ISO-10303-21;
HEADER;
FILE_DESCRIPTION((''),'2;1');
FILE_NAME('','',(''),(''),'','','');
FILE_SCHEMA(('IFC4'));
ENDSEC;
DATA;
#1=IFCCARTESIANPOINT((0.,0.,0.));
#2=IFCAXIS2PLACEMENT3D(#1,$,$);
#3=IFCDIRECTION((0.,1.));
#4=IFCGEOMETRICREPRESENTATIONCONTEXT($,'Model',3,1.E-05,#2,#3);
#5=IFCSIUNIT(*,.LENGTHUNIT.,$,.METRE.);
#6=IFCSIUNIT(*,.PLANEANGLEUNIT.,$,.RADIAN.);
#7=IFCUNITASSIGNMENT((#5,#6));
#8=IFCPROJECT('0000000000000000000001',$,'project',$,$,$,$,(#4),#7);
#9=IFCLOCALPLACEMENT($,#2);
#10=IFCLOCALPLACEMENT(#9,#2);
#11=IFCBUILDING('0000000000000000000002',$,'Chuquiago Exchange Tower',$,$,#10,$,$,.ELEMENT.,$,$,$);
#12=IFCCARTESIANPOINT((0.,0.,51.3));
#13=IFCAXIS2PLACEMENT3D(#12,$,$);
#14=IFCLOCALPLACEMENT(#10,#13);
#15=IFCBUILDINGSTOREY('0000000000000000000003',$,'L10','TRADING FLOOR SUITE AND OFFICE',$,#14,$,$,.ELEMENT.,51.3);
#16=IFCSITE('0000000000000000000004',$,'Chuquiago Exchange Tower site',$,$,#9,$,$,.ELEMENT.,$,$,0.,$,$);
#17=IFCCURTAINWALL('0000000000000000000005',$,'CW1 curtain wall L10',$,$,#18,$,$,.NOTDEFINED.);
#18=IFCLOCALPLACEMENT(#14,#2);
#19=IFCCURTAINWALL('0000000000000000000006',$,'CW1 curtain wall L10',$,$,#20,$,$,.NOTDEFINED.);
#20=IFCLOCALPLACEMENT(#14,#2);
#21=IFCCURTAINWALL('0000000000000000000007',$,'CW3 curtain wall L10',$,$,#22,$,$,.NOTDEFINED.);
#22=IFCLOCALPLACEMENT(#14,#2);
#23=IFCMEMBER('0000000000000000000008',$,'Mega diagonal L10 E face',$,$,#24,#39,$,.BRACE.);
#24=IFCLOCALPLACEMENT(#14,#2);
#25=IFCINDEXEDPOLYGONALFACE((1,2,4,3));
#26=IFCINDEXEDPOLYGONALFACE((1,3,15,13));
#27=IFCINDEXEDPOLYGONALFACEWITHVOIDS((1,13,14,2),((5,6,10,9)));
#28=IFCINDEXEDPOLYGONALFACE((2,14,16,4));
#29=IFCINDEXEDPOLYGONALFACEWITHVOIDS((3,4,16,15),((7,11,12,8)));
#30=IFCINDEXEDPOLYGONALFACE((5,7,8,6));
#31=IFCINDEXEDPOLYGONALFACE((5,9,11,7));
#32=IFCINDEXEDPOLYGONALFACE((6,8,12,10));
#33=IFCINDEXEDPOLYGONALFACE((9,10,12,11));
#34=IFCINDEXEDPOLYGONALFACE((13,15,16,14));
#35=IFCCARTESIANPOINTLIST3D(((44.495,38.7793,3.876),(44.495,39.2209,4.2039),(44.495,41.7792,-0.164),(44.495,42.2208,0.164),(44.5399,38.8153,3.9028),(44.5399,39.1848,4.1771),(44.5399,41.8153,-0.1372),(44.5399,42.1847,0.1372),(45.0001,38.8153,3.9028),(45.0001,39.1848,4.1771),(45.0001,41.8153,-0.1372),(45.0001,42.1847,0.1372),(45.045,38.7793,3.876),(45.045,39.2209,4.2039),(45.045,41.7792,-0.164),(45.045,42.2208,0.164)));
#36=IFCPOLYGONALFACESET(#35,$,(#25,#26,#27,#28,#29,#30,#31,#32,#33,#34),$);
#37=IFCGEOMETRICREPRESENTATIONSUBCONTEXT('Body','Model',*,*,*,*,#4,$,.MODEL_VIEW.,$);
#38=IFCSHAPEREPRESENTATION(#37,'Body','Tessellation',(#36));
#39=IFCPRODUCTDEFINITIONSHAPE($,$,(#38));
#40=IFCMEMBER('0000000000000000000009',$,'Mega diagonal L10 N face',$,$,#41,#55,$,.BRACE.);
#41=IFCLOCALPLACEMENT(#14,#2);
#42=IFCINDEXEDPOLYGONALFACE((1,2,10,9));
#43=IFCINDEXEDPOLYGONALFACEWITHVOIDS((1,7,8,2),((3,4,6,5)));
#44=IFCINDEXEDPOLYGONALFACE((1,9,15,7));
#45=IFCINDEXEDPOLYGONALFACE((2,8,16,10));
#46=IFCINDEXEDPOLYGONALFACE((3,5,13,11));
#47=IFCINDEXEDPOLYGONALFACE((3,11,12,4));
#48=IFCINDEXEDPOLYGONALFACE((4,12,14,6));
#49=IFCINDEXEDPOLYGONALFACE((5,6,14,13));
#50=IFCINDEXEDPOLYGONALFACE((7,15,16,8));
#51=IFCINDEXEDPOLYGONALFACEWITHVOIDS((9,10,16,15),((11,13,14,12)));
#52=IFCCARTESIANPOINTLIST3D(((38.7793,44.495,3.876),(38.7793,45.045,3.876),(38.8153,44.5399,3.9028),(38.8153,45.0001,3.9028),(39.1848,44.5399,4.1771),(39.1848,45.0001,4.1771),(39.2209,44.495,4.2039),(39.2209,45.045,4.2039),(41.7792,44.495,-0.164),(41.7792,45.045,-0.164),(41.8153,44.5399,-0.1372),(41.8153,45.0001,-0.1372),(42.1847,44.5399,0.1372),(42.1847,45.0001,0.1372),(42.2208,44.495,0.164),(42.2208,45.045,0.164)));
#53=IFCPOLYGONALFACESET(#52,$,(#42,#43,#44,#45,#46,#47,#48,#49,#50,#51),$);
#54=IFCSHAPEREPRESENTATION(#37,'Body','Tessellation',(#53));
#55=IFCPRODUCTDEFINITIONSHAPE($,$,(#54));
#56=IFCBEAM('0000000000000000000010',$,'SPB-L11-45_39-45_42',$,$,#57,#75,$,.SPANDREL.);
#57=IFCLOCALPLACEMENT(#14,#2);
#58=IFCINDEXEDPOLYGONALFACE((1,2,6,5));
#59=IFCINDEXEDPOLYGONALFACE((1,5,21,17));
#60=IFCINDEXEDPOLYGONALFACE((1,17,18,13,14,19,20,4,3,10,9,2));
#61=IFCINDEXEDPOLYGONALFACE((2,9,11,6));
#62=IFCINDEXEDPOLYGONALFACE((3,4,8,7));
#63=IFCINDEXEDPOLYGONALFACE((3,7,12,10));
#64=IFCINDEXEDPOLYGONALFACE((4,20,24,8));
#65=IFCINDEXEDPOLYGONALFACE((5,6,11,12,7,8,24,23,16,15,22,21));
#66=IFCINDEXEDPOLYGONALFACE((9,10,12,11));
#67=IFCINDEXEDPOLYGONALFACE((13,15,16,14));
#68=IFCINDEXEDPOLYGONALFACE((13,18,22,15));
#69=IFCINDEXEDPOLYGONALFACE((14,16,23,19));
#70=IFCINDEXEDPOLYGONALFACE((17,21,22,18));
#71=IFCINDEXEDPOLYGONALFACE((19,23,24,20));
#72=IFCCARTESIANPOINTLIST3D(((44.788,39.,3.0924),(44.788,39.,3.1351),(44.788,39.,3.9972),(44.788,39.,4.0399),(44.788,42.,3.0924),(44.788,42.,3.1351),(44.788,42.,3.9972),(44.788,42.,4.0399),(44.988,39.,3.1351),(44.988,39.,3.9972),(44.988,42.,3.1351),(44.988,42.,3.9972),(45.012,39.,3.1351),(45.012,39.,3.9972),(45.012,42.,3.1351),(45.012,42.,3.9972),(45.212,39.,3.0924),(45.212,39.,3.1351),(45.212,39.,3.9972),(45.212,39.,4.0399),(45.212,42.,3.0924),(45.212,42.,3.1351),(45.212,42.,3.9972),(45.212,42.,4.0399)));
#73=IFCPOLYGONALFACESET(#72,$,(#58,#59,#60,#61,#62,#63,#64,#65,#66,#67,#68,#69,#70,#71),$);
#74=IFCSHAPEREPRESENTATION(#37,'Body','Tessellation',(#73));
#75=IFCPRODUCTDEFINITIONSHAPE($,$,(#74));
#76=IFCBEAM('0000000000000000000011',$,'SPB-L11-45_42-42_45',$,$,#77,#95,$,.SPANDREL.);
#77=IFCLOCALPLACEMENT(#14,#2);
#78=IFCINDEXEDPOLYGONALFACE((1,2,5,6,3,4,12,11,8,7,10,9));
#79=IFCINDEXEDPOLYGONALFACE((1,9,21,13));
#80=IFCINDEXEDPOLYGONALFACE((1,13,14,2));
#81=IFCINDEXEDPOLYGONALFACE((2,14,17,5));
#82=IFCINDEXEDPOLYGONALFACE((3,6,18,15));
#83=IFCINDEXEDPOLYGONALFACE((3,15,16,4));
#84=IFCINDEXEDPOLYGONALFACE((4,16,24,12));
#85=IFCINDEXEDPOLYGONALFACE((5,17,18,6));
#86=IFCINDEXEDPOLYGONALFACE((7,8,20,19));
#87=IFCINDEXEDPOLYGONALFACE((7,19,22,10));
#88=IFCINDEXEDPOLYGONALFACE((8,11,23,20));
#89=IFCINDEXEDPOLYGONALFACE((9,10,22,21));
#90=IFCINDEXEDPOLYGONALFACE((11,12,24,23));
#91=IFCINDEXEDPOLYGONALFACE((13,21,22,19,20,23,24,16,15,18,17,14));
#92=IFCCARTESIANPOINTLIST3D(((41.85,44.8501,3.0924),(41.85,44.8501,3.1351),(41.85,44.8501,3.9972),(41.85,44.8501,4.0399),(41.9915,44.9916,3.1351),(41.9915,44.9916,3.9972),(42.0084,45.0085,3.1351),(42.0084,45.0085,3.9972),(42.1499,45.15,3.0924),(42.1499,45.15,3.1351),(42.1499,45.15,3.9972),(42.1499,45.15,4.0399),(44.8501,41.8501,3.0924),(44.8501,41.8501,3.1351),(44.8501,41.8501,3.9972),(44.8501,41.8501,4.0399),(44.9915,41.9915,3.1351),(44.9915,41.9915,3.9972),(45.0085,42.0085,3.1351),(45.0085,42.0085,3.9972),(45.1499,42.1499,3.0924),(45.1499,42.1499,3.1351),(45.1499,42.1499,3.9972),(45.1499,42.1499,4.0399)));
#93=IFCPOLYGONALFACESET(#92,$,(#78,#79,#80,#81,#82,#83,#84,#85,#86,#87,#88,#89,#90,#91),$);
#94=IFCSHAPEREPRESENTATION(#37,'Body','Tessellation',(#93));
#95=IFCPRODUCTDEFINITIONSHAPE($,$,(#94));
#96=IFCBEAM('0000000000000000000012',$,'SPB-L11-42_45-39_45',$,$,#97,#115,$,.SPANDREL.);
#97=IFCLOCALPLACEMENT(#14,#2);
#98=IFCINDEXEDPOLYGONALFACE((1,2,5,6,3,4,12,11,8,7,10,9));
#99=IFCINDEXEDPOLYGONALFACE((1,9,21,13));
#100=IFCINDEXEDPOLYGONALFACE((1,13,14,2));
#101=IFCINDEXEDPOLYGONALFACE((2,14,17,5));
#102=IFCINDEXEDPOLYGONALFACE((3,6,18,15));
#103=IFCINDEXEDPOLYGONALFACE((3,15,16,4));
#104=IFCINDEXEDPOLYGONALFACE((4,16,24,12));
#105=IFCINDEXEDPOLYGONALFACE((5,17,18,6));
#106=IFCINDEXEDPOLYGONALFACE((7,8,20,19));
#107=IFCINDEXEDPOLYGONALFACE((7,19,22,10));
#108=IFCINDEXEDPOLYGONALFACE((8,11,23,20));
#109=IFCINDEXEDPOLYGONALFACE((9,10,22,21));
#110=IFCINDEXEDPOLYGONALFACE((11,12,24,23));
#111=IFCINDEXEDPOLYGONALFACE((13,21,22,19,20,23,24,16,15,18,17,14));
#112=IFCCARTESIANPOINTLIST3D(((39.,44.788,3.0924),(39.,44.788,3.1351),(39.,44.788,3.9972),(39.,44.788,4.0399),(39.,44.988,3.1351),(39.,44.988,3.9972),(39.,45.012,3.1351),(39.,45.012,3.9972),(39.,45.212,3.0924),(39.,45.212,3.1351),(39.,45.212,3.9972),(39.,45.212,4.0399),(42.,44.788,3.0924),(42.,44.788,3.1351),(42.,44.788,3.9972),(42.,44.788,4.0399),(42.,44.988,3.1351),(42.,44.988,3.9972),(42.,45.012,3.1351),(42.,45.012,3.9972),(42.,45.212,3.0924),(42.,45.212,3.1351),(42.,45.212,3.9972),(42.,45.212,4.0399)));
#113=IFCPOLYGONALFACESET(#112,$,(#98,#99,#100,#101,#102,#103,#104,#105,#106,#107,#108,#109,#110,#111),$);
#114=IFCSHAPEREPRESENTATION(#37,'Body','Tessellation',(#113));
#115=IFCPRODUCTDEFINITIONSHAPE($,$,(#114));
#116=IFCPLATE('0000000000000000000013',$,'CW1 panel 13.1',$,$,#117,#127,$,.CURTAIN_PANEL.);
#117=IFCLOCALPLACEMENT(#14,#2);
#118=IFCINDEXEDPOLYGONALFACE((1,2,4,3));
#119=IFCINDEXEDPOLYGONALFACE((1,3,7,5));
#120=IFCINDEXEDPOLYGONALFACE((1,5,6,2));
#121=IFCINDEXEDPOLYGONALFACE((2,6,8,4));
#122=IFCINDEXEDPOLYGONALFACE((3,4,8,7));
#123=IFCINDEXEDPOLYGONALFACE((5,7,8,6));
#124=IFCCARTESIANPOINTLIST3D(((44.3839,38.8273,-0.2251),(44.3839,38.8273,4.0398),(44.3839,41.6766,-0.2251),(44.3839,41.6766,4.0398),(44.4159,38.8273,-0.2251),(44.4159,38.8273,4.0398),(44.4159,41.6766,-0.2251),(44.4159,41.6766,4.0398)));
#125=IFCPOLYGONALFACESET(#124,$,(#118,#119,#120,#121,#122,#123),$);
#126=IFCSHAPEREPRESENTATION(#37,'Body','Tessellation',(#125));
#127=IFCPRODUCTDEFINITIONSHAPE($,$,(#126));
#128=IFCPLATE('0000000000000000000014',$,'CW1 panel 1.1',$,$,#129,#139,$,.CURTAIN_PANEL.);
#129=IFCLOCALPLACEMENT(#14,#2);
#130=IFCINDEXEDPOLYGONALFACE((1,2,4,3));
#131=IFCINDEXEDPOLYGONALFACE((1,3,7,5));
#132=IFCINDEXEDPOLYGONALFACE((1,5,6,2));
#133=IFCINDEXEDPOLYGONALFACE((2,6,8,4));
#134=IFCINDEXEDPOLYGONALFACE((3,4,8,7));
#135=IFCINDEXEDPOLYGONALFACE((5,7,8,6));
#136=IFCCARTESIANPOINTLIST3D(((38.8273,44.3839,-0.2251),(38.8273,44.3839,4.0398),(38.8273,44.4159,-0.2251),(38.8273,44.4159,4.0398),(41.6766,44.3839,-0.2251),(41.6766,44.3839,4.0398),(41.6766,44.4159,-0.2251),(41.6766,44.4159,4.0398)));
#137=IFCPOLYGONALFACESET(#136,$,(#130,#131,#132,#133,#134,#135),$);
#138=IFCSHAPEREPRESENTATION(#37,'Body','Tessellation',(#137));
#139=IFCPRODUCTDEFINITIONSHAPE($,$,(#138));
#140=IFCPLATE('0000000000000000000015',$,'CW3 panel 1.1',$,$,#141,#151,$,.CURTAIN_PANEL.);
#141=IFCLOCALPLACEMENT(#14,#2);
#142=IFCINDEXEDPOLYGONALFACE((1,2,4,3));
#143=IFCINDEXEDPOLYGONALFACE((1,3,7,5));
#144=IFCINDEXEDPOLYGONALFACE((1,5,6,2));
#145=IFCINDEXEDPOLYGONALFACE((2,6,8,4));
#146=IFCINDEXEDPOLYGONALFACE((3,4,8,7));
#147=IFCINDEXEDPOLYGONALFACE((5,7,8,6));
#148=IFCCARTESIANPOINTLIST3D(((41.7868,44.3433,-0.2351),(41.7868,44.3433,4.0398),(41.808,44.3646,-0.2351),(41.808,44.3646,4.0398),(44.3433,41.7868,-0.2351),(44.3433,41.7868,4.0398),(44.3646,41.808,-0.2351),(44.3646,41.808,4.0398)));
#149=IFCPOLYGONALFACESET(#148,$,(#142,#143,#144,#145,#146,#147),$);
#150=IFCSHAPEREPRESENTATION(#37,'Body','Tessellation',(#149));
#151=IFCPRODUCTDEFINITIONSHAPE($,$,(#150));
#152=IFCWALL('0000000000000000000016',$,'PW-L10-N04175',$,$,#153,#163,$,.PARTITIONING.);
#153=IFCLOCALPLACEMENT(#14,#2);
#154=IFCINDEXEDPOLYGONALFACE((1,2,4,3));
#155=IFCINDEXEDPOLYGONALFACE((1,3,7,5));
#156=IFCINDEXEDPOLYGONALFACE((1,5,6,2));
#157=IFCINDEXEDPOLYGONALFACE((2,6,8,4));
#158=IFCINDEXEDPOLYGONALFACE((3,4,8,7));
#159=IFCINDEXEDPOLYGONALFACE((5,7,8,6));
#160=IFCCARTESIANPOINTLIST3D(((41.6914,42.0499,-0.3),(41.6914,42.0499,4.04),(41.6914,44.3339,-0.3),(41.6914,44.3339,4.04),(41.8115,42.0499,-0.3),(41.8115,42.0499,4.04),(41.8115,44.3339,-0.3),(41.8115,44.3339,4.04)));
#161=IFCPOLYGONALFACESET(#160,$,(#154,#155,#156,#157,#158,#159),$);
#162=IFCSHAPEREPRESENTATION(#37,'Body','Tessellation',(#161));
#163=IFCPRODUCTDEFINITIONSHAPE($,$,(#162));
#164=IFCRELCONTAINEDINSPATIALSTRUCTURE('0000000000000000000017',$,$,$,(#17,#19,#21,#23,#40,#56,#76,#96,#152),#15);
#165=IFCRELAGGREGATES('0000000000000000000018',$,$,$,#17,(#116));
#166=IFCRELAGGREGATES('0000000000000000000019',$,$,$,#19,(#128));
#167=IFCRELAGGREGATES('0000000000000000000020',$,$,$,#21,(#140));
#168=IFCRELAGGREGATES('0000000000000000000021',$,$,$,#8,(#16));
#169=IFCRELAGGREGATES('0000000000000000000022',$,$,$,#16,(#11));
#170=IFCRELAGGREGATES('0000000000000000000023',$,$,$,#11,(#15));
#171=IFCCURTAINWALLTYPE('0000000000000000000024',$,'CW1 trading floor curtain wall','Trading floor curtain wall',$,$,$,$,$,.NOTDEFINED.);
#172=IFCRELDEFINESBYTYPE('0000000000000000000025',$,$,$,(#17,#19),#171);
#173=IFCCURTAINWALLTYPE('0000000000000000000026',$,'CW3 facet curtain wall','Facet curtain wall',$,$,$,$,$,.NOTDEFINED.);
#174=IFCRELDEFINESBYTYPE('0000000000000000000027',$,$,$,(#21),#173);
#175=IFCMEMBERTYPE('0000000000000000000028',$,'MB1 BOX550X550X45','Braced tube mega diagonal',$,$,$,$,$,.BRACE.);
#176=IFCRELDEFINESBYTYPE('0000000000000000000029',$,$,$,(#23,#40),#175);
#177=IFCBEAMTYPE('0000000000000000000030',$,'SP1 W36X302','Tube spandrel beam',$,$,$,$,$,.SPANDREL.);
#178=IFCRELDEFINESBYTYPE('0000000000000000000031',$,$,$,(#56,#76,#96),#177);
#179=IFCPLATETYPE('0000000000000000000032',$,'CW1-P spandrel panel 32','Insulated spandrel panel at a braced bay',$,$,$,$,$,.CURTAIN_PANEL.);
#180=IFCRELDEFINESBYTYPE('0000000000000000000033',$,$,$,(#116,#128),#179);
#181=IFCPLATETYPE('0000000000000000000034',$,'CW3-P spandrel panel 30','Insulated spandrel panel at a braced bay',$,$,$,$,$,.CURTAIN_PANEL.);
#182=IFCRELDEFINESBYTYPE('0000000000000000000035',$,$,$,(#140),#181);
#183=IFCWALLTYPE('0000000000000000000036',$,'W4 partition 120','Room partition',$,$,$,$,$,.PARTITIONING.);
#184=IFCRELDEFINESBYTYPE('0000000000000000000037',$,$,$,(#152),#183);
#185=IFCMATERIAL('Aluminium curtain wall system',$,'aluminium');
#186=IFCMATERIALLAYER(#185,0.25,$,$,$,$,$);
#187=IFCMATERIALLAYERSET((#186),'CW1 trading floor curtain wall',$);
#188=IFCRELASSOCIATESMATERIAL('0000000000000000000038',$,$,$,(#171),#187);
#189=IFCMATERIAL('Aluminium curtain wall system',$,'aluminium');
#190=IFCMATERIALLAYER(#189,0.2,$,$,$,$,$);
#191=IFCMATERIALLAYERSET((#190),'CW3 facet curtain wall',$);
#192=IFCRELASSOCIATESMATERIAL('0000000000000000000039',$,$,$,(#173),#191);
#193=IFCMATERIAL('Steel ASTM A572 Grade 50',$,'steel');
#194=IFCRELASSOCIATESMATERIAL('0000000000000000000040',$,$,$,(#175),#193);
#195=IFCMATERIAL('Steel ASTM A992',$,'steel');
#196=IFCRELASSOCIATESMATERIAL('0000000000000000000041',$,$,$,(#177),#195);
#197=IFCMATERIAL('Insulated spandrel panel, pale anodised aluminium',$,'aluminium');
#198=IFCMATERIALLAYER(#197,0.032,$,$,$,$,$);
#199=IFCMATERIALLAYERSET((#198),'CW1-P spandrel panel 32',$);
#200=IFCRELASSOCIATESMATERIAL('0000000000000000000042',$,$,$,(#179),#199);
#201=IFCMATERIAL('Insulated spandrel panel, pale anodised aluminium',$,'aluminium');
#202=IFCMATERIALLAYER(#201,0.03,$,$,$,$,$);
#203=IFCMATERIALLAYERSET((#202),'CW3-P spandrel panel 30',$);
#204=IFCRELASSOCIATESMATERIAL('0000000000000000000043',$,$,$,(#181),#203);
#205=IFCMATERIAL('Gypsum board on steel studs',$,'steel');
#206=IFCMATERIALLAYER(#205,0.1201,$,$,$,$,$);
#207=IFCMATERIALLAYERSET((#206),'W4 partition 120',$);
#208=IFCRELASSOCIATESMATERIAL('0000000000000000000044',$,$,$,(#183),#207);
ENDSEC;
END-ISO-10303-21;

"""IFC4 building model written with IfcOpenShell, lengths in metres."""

from ifc_helpers import new_model, si_unit, direction, frame, frame_2d, origin, origin_2d, place, context, subcontext, project, spatial, rectangle, hollow_rectangle, i_section, extrude, material, layer, layer_set, material_profile, profile_set, type_object, element, aggregate, save


model = new_model("IFC4")

# Units and contexts
model_context = context("Model", 3, precision=1e-05, world=origin(), true_north=direction((0.0, 1.0)))
body_context = subcontext(model_context, "Body", "Model", "MODEL_VIEW")
ifc_project = project(units=[si_unit("LENGTHUNIT", "METRE"), si_unit("PLANEANGLEUNIT", "RADIAN")], contexts=[model_context])

# Site, building, storey
site_placement = place(None, origin())
site = spatial("IfcSite", under=ifc_project, at=site_placement, Name="Chuquiago Exchange Tower site", CompositionType="ELEMENT", RefElevation=0.0)
building_placement = place(site_placement, origin())
building = spatial("IfcBuilding", under=site, at=building_placement, Name="Chuquiago Exchange Tower", CompositionType="ELEMENT")
storey_placement = place(building_placement, frame((0.0, 0.0, 51.3)))
storey = spatial("IfcBuildingStorey", under=building, at=storey_placement, Name="L10", Description="TRADING FLOOR SUITE AND OFFICE", CompositionType="ELEMENT", Elevation=51.3)

# Curtain walls
ifc_material_1 = material(Name="Aluminium curtain wall system", Category="aluminium")
ifc_layer_1 = layer(ifc_material_1, 0.25)
ifc_layer_set_1 = layer_set([ifc_layer_1], Name="CW1 trading floor curtain wall")
curtain_wall_type_1 = type_object("IfcCurtainWallType", Name="CW1 trading floor curtain wall", Description="Trading floor curtain wall", PredefinedType="NOTDEFINED", material=ifc_layer_set_1)
curtain_wall_1_placement = place(storey_placement, origin())
curtain_wall_1 = element("IfcCurtainWall", 1, at=curtain_wall_1_placement, inside=storey, type_object=curtain_wall_type_1, Name="CW1 curtain wall L10", PredefinedType="NOTDEFINED")
curtain_wall_2_placement = place(storey_placement, origin())
curtain_wall_2 = element("IfcCurtainWall", 2, at=curtain_wall_2_placement, inside=storey, type_object=curtain_wall_type_1, Name="CW1 curtain wall L10", PredefinedType="NOTDEFINED")

# Curtain wall
ifc_material_2 = material(Name="Aluminium curtain wall system", Category="aluminium")
ifc_layer_2 = layer(ifc_material_2, 0.2)
ifc_layer_set_2 = layer_set([ifc_layer_2], Name="CW3 facet curtain wall")
curtain_wall_type_2 = type_object("IfcCurtainWallType", Name="CW3 facet curtain wall", Description="Facet curtain wall", PredefinedType="NOTDEFINED", material=ifc_layer_set_2)
curtain_wall_3_placement = place(storey_placement, origin())
curtain_wall_3 = element("IfcCurtainWall", 3, at=curtain_wall_3_placement, inside=storey, type_object=curtain_wall_type_2, Name="CW3 curtain wall L10", PredefinedType="NOTDEFINED")

# Members
ifc_material_3 = material(Name="Steel ASTM A572 Grade 50", Category="steel")
ifc_material_profile_1 = material_profile(ifc_material_3, hollow_rectangle(XDim=0.55, YDim=0.55, WallThickness=0.0449, at=origin_2d()), Name="BOX550X550X45")
ifc_profile_set_1 = profile_set([ifc_material_profile_1], Name="Steel ASTM A572 Grade 50")
member_type_1 = type_object("IfcMemberType", Name="MB1 BOX550X550X45", Description="Braced tube mega diagonal", PredefinedType="BRACE", material=ifc_profile_set_1)
for number, where, z_axis, x_axis, name in (
    (4, (44.77, 42.0, 0.0), (0.0, -0.596174, 0.802855), (1.0, 0.0, 0.0), "Mega diagonal L10 E face"),
    (5, (42.0, 44.77, 0.0), (-0.596174, 0.0, 0.802855), (0.0, -1.0, 0.0), "Mega diagonal L10 N face"),
):
    element("IfcMember", number, at=place(storey_placement, frame(where, z_axis=z_axis, x_axis=x_axis)), inside=storey, type_object=member_type_1, Name=name, PredefinedType="BRACE", context=body_context, shape_type="SweptSolid", body=[
        extrude(hollow_rectangle(XDim=0.55, YDim=0.55, WallThickness=0.0449, at=origin_2d()), origin(), (0.0, 0.0, 1.0), 5.032),
    ])

# Beams
ifc_material_4 = material(Name="Steel ASTM A992", Category="steel")
ifc_material_profile_2 = material_profile(ifc_material_4, i_section(OverallWidth=0.4241, OverallDepth=0.9475, WebThickness=0.0239, FlangeThickness=0.0427, at=origin_2d()), Name="W36X302")
ifc_profile_set_2 = profile_set([ifc_material_profile_2], Name="Steel ASTM A992")
beam_type = type_object("IfcBeamType", Name="SP1 W36X302", Description="Tube spandrel beam", PredefinedType="SPANDREL", material=ifc_profile_set_2)
beam_1_placement = place(storey_placement, frame((45.0, 39.0, 3.5662), z_axis=(0.0, 1.0, 0.0), x_axis=(-1.0, 0.0, 0.0)))
element("IfcBeam", 6, at=beam_1_placement, inside=storey, type_object=beam_type, Name="SPB-L11-45_39-45_42", PredefinedType="SPANDREL", context=body_context, shape_type="SweptSolid", body=[
    extrude(i_section(OverallWidth=0.4241, OverallDepth=0.9475, WebThickness=0.0239, FlangeThickness=0.0427, at=origin_2d()), origin(), (0.0, 0.0, 1.0), 3.0),
])
beam_2_placement = place(storey_placement, frame((45.0, 42.0, 3.5662), z_axis=(-0.707107, 0.707107, 0.0), x_axis=(-0.707107, -0.707107, 0.0)))
element("IfcBeam", 7, at=beam_2_placement, inside=storey, type_object=beam_type, Name="SPB-L11-45_42-42_45", PredefinedType="SPANDREL", context=body_context, shape_type="SweptSolid", body=[
    extrude(i_section(OverallWidth=0.4241, OverallDepth=0.9475, WebThickness=0.0239, FlangeThickness=0.0427, at=origin_2d()), origin(), (0.0, 0.0, 1.0), 4.2427),
])
beam_3_placement = place(storey_placement, frame((42.0, 45.0, 3.5662), z_axis=(-1.0, 0.0, 0.0), x_axis=(0.0, -1.0, 0.0)))
element("IfcBeam", 8, at=beam_3_placement, inside=storey, type_object=beam_type, Name="SPB-L11-42_45-39_45", PredefinedType="SPANDREL", context=body_context, shape_type="SweptSolid", body=[
    extrude(i_section(OverallWidth=0.4241, OverallDepth=0.9475, WebThickness=0.0239, FlangeThickness=0.0427, at=origin_2d()), origin(), (0.0, 0.0, 1.0), 3.0),
])

# Plates
ifc_material_5 = material(Name="Insulated spandrel panel, pale anodised aluminium", Category="aluminium")
ifc_layer_3 = layer(ifc_material_5, 0.032)
ifc_layer_set_3 = layer_set([ifc_layer_3], Name="CW1-P spandrel panel 32")
plate_type_1 = type_object("IfcPlateType", Name="CW1-P spandrel panel 32", Description="Insulated spandrel panel at a braced bay", PredefinedType="CURTAIN_PANEL", material=ifc_layer_set_3)
plate_1_placement = place(storey_placement, frame((44.3999, 40.252, -0.2251), z_axis=(0.0, 0.0, 1.0), x_axis=(0.0, 1.0, 0.0)))
plate_1 = element("IfcPlate", 9, at=plate_1_placement, type_object=plate_type_1, Name="CW1 panel 13.1", PredefinedType="CURTAIN_PANEL", context=body_context, shape_type="SweptSolid", body=[
    extrude(rectangle(XDim=2.8494, YDim=0.032, at=origin_2d()), origin(), (0.0, 0.0, 1.0), 4.2649),
])
aggregate(curtain_wall_1, [plate_1])
plate_2_placement = place(storey_placement, frame((40.252, 44.3999, -0.2251), z_axis=(0.0, 0.0, 1.0), x_axis=(-1.0, 0.0, 0.0)))
plate_2 = element("IfcPlate", 10, at=plate_2_placement, type_object=plate_type_1, Name="CW1 panel 1.1", PredefinedType="CURTAIN_PANEL", context=body_context, shape_type="SweptSolid", body=[
    extrude(rectangle(XDim=2.8494, YDim=0.032, at=origin_2d()), origin(), (0.0, 0.0, 1.0), 4.2649),
])
aggregate(curtain_wall_2, [plate_2])
ifc_material_6 = material(Name="Insulated spandrel panel, pale anodised aluminium", Category="aluminium")
ifc_layer_4 = layer(ifc_material_6, 0.03)
ifc_layer_set_4 = layer_set([ifc_layer_4], Name="CW3-P spandrel panel 30")
plate_type_2 = type_object("IfcPlateType", Name="CW3-P spandrel panel 30", Description="Insulated spandrel panel at a braced bay", PredefinedType="CURTAIN_PANEL", material=ifc_layer_set_4)
plate_3_placement = place(storey_placement, frame((43.0757, 43.0757, -0.2351), z_axis=(0.0, 0.0, 1.0), x_axis=(-0.707107, 0.707107, 0.0)))
plate_3 = element("IfcPlate", 11, at=plate_3_placement, type_object=plate_type_2, Name="CW3 panel 1.1", PredefinedType="CURTAIN_PANEL", context=body_context, shape_type="SweptSolid", body=[
    extrude(rectangle(XDim=3.6155, YDim=0.03, at=origin_2d()), origin(), (0.0, 0.0, 1.0), 4.2749),
])
aggregate(curtain_wall_3, [plate_3])

# Wall
ifc_material_7 = material(Name="Gypsum board on steel studs", Category="steel")
ifc_layer_5 = layer(ifc_material_7, 0.1201)
ifc_layer_set_5 = layer_set([ifc_layer_5], Name="W4 partition 120")
wall_type = type_object("IfcWallType", Name="W4 partition 120", Description="Room partition", PredefinedType="PARTITIONING", material=ifc_layer_set_5)
wall_placement = place(storey_placement, frame((41.7515, 44.334, -0.3), z_axis=(0.0, 0.0, 1.0), x_axis=(0.0, -1.0, 0.0)))
element("IfcWall", 12, at=wall_placement, inside=storey, type_object=wall_type, Name="PW-L10-N04175", PredefinedType="PARTITIONING", context=body_context, shape_type="SweptSolid", body=[
    extrude(rectangle(XDim=2.2839, YDim=0.1201, at=frame_2d((1.1421, 0.0))), origin(), (0.0, 0.0, 1.0), 4.3401),
])

save(model, "model.ifc")
